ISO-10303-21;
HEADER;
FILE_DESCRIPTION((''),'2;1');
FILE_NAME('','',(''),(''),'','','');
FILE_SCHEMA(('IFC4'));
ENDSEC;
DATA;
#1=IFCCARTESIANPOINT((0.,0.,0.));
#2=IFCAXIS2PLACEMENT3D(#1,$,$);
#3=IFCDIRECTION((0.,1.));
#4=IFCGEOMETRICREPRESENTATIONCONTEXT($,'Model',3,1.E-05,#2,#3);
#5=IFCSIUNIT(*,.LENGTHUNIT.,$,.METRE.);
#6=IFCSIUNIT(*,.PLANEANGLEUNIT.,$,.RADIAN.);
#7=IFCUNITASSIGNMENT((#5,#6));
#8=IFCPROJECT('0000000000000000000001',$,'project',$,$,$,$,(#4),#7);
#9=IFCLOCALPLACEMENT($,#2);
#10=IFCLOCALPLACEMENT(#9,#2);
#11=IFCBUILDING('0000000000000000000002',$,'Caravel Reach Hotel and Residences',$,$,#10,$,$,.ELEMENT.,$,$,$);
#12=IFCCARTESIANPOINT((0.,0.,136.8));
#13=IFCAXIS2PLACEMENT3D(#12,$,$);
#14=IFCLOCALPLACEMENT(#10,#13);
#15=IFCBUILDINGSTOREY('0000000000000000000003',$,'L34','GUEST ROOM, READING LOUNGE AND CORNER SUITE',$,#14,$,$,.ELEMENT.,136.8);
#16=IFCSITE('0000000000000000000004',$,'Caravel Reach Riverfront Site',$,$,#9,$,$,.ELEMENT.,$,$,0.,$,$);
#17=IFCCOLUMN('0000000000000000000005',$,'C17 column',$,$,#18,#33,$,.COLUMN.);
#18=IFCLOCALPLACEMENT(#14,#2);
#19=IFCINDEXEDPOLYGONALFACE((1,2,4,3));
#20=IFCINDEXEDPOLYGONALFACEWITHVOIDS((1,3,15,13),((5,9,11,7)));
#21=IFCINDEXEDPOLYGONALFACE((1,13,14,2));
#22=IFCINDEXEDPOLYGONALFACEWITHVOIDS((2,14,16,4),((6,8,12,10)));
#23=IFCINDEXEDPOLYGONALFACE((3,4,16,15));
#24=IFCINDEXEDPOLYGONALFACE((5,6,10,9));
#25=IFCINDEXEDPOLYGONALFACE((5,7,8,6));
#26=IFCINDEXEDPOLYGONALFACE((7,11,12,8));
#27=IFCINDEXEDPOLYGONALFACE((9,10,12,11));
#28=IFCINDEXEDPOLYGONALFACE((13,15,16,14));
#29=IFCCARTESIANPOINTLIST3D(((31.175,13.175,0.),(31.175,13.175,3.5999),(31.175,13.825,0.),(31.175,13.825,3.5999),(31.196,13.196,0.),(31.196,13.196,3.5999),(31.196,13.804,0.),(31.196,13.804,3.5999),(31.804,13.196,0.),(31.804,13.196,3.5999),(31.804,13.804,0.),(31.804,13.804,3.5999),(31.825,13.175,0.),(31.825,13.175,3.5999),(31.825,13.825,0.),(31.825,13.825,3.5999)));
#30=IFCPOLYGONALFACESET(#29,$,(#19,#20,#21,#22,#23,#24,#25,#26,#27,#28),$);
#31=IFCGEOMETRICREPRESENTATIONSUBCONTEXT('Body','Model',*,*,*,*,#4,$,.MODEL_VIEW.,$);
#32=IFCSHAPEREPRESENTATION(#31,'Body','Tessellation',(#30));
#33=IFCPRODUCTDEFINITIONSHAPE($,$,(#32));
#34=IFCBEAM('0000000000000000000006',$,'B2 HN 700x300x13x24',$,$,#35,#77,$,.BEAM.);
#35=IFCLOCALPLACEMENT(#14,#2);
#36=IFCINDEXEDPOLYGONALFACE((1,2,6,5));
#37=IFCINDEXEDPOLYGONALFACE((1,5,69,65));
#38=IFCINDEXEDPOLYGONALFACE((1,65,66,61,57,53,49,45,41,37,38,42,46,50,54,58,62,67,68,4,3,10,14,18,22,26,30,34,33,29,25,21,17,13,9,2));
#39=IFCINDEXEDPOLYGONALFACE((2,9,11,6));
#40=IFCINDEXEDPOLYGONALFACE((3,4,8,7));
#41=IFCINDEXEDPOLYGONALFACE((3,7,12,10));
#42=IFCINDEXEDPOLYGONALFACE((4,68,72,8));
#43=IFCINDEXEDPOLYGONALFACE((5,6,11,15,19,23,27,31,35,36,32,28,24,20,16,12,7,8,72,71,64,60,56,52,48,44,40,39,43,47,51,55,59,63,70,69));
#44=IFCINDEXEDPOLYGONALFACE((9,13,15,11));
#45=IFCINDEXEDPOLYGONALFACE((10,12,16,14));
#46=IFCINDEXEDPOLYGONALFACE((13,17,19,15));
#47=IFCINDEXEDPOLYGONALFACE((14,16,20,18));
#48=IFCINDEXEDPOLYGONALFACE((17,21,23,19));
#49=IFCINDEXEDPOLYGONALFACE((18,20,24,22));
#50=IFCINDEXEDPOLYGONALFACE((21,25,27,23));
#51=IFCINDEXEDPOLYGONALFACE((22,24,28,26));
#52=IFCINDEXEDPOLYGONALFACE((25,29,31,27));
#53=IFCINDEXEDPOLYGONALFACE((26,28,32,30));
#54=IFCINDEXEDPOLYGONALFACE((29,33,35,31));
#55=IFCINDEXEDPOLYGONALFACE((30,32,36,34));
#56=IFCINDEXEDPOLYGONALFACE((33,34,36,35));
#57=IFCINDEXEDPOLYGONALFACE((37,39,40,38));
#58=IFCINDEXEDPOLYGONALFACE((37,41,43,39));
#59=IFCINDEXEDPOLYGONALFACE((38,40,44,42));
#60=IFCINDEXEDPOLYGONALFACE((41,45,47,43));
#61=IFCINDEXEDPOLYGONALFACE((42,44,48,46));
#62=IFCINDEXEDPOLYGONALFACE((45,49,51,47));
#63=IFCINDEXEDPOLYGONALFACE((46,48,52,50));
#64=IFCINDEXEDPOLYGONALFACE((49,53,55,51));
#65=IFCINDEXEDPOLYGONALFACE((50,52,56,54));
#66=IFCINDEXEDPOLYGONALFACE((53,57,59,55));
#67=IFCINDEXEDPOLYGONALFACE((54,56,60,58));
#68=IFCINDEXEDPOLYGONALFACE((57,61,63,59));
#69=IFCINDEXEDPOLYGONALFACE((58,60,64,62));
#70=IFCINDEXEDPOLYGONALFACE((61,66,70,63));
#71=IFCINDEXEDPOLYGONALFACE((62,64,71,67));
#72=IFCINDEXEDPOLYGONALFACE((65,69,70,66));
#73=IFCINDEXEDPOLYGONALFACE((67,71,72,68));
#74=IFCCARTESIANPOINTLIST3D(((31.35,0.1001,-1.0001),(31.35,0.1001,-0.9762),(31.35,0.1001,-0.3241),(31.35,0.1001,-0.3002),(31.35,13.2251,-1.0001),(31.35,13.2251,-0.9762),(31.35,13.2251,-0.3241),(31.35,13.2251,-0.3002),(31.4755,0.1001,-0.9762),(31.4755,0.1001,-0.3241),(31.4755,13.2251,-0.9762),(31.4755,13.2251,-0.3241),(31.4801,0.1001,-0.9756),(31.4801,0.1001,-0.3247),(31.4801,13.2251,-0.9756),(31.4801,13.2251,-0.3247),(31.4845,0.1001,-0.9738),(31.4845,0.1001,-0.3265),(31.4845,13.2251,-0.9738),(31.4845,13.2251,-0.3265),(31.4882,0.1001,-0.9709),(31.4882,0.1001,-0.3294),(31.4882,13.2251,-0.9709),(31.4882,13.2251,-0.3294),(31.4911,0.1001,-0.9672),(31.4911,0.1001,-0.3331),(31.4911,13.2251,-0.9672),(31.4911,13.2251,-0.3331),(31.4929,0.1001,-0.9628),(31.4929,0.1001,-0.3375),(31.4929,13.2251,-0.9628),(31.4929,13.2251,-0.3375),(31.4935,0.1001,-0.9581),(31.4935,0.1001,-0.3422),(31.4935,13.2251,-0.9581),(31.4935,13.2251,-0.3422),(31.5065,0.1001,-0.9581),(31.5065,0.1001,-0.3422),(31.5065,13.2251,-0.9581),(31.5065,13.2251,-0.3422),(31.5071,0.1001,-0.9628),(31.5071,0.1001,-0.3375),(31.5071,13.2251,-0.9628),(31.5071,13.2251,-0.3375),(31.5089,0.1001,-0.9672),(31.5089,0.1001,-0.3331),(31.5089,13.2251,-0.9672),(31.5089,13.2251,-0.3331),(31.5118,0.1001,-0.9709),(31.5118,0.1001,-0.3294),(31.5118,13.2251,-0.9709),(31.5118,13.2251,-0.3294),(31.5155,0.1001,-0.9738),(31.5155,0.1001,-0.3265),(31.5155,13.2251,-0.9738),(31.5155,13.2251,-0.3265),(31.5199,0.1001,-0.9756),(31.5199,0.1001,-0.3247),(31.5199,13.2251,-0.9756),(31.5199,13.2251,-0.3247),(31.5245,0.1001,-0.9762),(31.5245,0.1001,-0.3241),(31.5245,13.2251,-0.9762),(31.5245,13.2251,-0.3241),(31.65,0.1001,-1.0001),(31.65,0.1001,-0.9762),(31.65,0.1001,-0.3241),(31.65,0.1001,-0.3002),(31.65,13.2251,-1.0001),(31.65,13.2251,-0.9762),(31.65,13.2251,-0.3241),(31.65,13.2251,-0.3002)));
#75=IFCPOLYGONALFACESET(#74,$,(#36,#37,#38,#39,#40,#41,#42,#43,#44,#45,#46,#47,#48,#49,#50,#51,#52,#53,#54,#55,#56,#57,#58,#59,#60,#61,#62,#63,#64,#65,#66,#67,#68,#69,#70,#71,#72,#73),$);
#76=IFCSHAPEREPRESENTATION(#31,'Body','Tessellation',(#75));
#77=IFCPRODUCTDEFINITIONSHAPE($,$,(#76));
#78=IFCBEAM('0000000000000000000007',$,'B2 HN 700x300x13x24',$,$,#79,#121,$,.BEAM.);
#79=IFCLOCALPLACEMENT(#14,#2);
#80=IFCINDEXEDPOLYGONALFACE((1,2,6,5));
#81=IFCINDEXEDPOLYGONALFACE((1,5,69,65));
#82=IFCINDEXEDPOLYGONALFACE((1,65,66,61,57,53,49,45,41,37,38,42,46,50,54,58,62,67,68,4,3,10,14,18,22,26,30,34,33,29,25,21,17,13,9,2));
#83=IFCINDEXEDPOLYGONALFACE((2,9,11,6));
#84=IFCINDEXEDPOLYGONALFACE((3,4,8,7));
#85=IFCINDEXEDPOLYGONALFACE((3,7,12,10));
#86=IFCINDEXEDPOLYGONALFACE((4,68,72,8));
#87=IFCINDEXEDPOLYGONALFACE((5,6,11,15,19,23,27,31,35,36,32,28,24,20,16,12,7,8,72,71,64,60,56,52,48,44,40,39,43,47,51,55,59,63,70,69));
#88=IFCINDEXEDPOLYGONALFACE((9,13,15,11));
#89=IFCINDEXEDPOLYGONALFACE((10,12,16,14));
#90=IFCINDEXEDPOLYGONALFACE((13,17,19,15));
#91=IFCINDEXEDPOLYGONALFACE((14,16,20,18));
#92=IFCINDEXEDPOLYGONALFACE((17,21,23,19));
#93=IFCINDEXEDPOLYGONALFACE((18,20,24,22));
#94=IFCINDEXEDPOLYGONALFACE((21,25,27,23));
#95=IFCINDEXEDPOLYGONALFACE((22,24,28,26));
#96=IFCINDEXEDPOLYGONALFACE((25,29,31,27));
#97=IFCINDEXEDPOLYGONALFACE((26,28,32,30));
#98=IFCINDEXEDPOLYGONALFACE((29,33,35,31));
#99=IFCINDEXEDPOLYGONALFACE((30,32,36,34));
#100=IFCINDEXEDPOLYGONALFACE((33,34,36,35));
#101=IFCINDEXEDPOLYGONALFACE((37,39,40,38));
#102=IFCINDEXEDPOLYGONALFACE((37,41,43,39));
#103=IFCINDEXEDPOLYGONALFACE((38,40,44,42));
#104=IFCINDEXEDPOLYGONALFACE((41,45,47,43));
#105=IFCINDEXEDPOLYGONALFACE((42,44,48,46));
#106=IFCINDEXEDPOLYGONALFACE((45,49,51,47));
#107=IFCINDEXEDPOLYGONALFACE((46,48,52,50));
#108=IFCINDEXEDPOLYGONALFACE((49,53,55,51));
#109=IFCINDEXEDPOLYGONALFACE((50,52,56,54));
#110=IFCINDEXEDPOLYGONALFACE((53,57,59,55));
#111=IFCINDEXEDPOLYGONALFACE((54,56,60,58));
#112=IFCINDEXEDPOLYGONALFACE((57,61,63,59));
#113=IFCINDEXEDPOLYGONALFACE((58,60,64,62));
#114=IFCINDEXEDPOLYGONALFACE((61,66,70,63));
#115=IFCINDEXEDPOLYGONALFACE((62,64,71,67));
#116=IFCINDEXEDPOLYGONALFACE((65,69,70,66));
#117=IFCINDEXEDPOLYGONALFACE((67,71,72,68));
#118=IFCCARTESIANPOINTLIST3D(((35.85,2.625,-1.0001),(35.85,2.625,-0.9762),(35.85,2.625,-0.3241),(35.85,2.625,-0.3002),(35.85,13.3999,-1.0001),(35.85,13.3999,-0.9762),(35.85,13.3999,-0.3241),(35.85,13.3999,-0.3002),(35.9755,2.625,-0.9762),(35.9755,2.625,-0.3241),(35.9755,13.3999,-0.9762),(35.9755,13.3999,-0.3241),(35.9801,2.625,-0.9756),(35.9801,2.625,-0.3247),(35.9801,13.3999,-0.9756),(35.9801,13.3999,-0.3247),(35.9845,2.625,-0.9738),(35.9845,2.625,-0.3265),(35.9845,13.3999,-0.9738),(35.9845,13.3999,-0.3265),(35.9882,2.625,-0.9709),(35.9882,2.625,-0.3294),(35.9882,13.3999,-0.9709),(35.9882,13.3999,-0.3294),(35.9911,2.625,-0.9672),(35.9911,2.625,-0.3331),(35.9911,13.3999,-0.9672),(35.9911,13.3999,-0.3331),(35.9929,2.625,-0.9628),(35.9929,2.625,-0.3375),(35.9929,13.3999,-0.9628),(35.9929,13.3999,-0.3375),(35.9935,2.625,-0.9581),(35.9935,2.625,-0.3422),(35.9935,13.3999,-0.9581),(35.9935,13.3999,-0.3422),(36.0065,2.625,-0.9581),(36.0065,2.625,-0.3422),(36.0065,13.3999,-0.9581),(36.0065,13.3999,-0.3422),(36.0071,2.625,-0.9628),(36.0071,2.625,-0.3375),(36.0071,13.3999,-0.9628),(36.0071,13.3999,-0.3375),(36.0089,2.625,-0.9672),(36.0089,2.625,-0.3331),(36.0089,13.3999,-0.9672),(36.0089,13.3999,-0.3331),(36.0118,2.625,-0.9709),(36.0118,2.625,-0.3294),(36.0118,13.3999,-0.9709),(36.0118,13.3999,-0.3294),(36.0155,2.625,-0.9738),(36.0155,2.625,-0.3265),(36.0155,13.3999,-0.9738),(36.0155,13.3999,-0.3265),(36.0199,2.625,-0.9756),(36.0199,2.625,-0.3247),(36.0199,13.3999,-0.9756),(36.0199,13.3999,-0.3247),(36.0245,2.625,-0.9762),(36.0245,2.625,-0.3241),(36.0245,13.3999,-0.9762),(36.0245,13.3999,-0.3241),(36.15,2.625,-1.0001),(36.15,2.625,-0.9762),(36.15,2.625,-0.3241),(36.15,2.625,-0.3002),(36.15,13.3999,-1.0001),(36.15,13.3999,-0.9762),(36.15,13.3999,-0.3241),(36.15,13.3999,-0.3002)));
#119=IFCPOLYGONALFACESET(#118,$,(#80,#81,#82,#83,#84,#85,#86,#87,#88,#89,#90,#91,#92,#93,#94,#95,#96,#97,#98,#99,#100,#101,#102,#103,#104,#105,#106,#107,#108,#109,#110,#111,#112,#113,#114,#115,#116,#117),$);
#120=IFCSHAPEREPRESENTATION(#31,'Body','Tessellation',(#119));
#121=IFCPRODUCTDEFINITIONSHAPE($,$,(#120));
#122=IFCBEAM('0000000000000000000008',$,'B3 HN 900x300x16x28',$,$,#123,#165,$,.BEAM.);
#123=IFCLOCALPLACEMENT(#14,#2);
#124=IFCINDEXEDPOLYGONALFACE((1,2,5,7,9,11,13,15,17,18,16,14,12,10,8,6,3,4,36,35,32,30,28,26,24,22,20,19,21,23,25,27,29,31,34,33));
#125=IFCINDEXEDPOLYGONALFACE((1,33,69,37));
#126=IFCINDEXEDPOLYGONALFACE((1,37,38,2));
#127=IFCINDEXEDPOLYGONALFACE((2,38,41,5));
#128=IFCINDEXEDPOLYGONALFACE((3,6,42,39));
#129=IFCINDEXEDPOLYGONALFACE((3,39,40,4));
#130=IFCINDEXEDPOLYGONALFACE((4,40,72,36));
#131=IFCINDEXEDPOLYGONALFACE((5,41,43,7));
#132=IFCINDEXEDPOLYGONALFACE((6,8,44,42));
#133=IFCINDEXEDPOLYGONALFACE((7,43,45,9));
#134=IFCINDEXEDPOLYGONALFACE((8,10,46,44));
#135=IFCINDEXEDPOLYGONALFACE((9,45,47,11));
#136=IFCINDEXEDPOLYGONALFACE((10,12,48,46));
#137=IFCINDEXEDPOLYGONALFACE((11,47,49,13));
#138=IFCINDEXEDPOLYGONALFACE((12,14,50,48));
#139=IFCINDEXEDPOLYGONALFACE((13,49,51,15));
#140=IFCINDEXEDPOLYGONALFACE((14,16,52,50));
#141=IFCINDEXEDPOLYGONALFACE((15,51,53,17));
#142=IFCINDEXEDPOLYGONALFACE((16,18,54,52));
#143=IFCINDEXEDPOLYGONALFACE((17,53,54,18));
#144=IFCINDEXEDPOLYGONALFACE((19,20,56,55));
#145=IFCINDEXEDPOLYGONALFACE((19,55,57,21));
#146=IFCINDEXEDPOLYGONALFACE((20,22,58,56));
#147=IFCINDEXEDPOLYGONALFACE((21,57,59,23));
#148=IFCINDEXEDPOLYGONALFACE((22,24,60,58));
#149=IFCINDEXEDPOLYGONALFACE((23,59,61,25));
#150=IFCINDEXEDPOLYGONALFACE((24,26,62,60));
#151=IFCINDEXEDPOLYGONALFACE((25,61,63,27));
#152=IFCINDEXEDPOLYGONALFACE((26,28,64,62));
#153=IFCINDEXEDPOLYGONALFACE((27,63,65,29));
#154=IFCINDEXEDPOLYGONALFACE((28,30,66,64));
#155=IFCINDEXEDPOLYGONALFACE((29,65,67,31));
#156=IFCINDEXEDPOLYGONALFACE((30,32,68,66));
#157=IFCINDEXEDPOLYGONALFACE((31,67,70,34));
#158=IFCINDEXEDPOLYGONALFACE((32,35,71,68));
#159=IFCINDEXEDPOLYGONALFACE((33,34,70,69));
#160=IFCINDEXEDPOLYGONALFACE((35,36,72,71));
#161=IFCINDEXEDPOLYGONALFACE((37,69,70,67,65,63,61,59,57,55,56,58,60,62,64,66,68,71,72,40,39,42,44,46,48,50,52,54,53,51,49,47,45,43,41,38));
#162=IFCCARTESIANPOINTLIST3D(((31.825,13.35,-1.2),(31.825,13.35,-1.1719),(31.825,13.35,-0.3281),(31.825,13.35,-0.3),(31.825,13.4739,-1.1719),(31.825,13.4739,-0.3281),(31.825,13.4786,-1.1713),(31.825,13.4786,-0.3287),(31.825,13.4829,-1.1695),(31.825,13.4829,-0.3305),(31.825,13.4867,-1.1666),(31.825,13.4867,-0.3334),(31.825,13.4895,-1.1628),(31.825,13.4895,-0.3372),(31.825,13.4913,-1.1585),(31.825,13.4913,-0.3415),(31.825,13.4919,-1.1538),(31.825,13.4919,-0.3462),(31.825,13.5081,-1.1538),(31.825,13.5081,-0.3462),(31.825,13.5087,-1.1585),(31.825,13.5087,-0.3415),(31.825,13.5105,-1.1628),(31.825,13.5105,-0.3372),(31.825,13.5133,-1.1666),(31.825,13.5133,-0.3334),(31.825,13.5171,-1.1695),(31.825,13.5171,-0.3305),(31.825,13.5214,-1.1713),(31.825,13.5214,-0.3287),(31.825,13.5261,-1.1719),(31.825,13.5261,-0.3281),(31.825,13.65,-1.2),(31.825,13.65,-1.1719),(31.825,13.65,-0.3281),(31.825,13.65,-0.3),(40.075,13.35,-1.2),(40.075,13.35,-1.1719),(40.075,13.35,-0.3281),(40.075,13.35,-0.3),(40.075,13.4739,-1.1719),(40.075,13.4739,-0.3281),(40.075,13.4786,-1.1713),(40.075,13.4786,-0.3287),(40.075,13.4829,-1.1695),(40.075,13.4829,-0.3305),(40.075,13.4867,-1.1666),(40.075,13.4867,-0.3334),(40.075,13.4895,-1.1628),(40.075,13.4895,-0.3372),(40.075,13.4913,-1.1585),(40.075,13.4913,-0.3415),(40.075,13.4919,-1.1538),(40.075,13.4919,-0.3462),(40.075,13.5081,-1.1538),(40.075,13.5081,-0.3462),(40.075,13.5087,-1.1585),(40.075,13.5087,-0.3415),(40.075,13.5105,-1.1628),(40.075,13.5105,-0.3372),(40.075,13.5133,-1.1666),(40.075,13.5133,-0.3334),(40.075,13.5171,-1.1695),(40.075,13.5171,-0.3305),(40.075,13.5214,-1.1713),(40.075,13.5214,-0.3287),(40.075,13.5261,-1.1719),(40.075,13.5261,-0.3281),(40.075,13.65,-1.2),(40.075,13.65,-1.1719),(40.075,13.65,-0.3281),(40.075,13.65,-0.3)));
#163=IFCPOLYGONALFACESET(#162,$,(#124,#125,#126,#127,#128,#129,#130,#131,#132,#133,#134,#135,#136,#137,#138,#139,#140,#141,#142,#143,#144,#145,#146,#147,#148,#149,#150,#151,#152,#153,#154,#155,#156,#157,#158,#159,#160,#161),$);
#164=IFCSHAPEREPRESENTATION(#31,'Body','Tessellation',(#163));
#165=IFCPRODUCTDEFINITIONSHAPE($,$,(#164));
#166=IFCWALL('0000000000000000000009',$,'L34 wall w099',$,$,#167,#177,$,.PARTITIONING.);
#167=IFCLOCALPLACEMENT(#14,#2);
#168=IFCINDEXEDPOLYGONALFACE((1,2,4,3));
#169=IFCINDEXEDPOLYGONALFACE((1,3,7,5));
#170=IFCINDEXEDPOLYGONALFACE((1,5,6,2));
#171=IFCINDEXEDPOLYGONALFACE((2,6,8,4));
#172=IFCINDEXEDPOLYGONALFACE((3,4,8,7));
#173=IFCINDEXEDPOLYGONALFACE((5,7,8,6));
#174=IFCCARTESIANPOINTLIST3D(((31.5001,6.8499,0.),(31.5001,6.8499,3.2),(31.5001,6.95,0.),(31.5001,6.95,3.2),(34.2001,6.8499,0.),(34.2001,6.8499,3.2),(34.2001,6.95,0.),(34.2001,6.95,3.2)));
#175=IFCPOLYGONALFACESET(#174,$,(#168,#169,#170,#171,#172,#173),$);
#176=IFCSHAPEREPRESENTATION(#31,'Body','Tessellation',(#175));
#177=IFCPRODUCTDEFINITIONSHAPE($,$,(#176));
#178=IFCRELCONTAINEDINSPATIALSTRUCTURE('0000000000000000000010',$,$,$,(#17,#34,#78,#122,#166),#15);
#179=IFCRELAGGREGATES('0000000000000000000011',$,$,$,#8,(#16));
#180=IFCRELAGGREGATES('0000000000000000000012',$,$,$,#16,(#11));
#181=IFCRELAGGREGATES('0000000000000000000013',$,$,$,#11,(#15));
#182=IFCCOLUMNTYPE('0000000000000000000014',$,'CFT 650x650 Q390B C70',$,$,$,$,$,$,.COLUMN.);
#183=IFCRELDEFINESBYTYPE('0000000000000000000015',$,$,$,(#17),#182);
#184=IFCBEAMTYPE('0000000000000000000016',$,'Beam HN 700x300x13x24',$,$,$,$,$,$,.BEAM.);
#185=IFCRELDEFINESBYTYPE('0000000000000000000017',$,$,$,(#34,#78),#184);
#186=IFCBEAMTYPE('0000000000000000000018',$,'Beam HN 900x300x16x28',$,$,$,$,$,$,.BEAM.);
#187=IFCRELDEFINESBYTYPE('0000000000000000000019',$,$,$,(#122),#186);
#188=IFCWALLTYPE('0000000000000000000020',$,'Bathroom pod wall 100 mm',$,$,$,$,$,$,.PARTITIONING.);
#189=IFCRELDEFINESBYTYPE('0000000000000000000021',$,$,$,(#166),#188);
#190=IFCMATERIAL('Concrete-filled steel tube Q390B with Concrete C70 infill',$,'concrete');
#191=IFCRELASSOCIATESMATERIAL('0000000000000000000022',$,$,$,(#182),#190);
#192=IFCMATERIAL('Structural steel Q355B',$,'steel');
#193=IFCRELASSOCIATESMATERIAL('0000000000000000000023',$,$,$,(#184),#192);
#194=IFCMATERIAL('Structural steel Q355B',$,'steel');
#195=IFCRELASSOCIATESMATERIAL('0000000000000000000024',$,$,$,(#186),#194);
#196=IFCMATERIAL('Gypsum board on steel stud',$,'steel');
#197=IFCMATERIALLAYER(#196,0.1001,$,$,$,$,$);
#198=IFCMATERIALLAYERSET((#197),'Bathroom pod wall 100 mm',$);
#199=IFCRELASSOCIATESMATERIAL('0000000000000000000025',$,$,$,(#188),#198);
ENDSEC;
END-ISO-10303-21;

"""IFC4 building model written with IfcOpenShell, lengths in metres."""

from ifc_helpers import new_model, si_unit, direction, frame, frame_2d, origin, origin_2d, place, context, subcontext, project, spatial, rectangle, hollow_rectangle, i_section, extrude, material, layer, layer_set, material_profile, profile_set, type_object, element, save


model = new_model("IFC4")

# Units and contexts
model_context = context("Model", 3, precision=1e-05, world=origin(), true_north=direction((0.0, 1.0)))
body_context = subcontext(model_context, "Body", "Model", "MODEL_VIEW")
ifc_project = project(units=[si_unit("LENGTHUNIT", "METRE"), si_unit("PLANEANGLEUNIT", "RADIAN")], contexts=[model_context])

# Site, building, storey
site_placement = place(None, origin())
site = spatial("IfcSite", under=ifc_project, at=site_placement, Name="Caravel Reach Riverfront Site", CompositionType="ELEMENT", RefElevation=0.0)
building_placement = place(site_placement, origin())
building = spatial("IfcBuilding", under=site, at=building_placement, Name="Caravel Reach Hotel and Residences", CompositionType="ELEMENT")
storey_placement = place(building_placement, frame((0.0, 0.0, 136.8)))
storey = spatial("IfcBuildingStorey", under=building, at=storey_placement, Name="L34", Description="GUEST ROOM, READING LOUNGE AND CORNER SUITE", CompositionType="ELEMENT", Elevation=136.8)

# Column
ifc_material_1 = material(Name="Concrete-filled steel tube Q390B with Concrete C70 infill", Category="concrete")
ifc_material_profile_1 = material_profile(ifc_material_1, hollow_rectangle(XDim=0.6499, YDim=0.6499, WallThickness=0.021, at=origin_2d()), Name="RHS 650x650x21")
ifc_profile_set_1 = profile_set([ifc_material_profile_1], Name="Concrete-filled steel tube Q390B with Concrete C70 infill")
column_type = type_object("IfcColumnType", Name="CFT 650x650 Q390B C70", PredefinedType="COLUMN", material=ifc_profile_set_1)
column_placement = place(storey_placement, frame((31.5, 13.5, 0.0), z_axis=(0.0, 0.0, 1.0), x_axis=(1.0, 0.0, 0.0)))
element("IfcColumn", 1, at=column_placement, inside=storey, type_object=column_type, Name="C17 column", PredefinedType="COLUMN", context=body_context, shape_type="SweptSolid", body=[
    extrude(hollow_rectangle(XDim=0.6499, YDim=0.6499, WallThickness=0.021, at=origin_2d()), origin(), (0.0, 0.0, 1.0), 3.5999),
])

# Beams
ifc_material_2 = material(Name="Structural steel Q355B", Category="steel")
ifc_material_profile_2 = material_profile(ifc_material_2, i_section(OverallWidth=0.3, OverallDepth=0.7, WebThickness=0.0129, FlangeThickness=0.0239, FilletRadius=0.0181, at=origin_2d()), Name="HN 700x300x13x24")
ifc_profile_set_2 = profile_set([ifc_material_profile_2], Name="Structural steel Q355B")
beam_type_1 = type_object("IfcBeamType", Name="Beam HN 700x300x13x24", PredefinedType="BEAM", material=ifc_profile_set_2)
beam_1_placement = place(storey_placement, frame((31.5, 13.2251, -0.6501), z_axis=(0.0, -1.0, 0.0), x_axis=(1.0, 0.0, 0.0)))
element("IfcBeam", 2, at=beam_1_placement, inside=storey, type_object=beam_type_1, Name="B2 HN 700x300x13x24", PredefinedType="BEAM", context=body_context, shape_type="SweptSolid", body=[
    extrude(i_section(OverallWidth=0.3, OverallDepth=0.7, WebThickness=0.0129, FlangeThickness=0.0239, FilletRadius=0.0181, at=origin_2d()), origin(), (0.0, 0.0, 1.0), 13.125),
])
beam_2_placement = place(storey_placement, frame((36.0, 13.3999, -0.6501), z_axis=(0.0, -1.0, 0.0), x_axis=(1.0, 0.0, 0.0)))
element("IfcBeam", 3, at=beam_2_placement, inside=storey, type_object=beam_type_1, Name="B2 HN 700x300x13x24", PredefinedType="BEAM", context=body_context, shape_type="SweptSolid", body=[
    extrude(i_section(OverallWidth=0.3, OverallDepth=0.7, WebThickness=0.0129, FlangeThickness=0.0239, FilletRadius=0.0181, at=origin_2d()), origin(), (0.0, 0.0, 1.0), 10.7749),
])
ifc_material_3 = material(Name="Structural steel Q355B", Category="steel")
ifc_material_profile_3 = material_profile(ifc_material_3, i_section(OverallWidth=0.3, OverallDepth=0.8999, WebThickness=0.0161, FlangeThickness=0.0281, FilletRadius=0.0181, at=origin_2d()), Name="HN 900x300x16x28")
ifc_profile_set_3 = profile_set([ifc_material_profile_3], Name="Structural steel Q355B")
beam_type_2 = type_object("IfcBeamType", Name="Beam HN 900x300x16x28", PredefinedType="BEAM", material=ifc_profile_set_3)
beam_3_placement = place(storey_placement, frame((31.825, 13.5, -0.75), z_axis=(1.0, 0.0, 0.0), x_axis=(0.0, 1.0, 0.0)))
element("IfcBeam", 4, at=beam_3_placement, inside=storey, type_object=beam_type_2, Name="B3 HN 900x300x16x28", PredefinedType="BEAM", context=body_context, shape_type="SweptSolid", body=[
    extrude(i_section(OverallWidth=0.3, OverallDepth=0.8999, WebThickness=0.0161, FlangeThickness=0.0281, FilletRadius=0.0181, at=origin_2d()), origin(), (0.0, 0.0, 1.0), 8.25),
])

# Wall
ifc_material_4 = material(Name="Gypsum board on steel stud", Category="steel")
ifc_layer_1 = layer(ifc_material_4, 0.1001)
ifc_layer_set_1 = layer_set([ifc_layer_1], Name="Bathroom pod wall 100 mm")
wall_type_1 = type_object("IfcWallType", Name="Bathroom pod wall 100 mm", PredefinedType="PARTITIONING", material=ifc_layer_set_1)
wall_1_placement = place(storey_placement, frame((31.5, 6.8999, 0.0), z_axis=(0.0, 0.0, 1.0), x_axis=(1.0, 0.0, 0.0)))
element("IfcWall", 5, at=wall_1_placement, inside=storey, type_object=wall_type_1, Name="L34 wall w099", PredefinedType="PARTITIONING", context=body_context, shape_type="SweptSolid", body=[
    extrude(rectangle(XDim=2.7, YDim=0.1001, at=frame_2d((1.3501, 0.0))), origin(), (0.0, 0.0, 1.0), 3.2),
])

save(model, "model.ifc")
